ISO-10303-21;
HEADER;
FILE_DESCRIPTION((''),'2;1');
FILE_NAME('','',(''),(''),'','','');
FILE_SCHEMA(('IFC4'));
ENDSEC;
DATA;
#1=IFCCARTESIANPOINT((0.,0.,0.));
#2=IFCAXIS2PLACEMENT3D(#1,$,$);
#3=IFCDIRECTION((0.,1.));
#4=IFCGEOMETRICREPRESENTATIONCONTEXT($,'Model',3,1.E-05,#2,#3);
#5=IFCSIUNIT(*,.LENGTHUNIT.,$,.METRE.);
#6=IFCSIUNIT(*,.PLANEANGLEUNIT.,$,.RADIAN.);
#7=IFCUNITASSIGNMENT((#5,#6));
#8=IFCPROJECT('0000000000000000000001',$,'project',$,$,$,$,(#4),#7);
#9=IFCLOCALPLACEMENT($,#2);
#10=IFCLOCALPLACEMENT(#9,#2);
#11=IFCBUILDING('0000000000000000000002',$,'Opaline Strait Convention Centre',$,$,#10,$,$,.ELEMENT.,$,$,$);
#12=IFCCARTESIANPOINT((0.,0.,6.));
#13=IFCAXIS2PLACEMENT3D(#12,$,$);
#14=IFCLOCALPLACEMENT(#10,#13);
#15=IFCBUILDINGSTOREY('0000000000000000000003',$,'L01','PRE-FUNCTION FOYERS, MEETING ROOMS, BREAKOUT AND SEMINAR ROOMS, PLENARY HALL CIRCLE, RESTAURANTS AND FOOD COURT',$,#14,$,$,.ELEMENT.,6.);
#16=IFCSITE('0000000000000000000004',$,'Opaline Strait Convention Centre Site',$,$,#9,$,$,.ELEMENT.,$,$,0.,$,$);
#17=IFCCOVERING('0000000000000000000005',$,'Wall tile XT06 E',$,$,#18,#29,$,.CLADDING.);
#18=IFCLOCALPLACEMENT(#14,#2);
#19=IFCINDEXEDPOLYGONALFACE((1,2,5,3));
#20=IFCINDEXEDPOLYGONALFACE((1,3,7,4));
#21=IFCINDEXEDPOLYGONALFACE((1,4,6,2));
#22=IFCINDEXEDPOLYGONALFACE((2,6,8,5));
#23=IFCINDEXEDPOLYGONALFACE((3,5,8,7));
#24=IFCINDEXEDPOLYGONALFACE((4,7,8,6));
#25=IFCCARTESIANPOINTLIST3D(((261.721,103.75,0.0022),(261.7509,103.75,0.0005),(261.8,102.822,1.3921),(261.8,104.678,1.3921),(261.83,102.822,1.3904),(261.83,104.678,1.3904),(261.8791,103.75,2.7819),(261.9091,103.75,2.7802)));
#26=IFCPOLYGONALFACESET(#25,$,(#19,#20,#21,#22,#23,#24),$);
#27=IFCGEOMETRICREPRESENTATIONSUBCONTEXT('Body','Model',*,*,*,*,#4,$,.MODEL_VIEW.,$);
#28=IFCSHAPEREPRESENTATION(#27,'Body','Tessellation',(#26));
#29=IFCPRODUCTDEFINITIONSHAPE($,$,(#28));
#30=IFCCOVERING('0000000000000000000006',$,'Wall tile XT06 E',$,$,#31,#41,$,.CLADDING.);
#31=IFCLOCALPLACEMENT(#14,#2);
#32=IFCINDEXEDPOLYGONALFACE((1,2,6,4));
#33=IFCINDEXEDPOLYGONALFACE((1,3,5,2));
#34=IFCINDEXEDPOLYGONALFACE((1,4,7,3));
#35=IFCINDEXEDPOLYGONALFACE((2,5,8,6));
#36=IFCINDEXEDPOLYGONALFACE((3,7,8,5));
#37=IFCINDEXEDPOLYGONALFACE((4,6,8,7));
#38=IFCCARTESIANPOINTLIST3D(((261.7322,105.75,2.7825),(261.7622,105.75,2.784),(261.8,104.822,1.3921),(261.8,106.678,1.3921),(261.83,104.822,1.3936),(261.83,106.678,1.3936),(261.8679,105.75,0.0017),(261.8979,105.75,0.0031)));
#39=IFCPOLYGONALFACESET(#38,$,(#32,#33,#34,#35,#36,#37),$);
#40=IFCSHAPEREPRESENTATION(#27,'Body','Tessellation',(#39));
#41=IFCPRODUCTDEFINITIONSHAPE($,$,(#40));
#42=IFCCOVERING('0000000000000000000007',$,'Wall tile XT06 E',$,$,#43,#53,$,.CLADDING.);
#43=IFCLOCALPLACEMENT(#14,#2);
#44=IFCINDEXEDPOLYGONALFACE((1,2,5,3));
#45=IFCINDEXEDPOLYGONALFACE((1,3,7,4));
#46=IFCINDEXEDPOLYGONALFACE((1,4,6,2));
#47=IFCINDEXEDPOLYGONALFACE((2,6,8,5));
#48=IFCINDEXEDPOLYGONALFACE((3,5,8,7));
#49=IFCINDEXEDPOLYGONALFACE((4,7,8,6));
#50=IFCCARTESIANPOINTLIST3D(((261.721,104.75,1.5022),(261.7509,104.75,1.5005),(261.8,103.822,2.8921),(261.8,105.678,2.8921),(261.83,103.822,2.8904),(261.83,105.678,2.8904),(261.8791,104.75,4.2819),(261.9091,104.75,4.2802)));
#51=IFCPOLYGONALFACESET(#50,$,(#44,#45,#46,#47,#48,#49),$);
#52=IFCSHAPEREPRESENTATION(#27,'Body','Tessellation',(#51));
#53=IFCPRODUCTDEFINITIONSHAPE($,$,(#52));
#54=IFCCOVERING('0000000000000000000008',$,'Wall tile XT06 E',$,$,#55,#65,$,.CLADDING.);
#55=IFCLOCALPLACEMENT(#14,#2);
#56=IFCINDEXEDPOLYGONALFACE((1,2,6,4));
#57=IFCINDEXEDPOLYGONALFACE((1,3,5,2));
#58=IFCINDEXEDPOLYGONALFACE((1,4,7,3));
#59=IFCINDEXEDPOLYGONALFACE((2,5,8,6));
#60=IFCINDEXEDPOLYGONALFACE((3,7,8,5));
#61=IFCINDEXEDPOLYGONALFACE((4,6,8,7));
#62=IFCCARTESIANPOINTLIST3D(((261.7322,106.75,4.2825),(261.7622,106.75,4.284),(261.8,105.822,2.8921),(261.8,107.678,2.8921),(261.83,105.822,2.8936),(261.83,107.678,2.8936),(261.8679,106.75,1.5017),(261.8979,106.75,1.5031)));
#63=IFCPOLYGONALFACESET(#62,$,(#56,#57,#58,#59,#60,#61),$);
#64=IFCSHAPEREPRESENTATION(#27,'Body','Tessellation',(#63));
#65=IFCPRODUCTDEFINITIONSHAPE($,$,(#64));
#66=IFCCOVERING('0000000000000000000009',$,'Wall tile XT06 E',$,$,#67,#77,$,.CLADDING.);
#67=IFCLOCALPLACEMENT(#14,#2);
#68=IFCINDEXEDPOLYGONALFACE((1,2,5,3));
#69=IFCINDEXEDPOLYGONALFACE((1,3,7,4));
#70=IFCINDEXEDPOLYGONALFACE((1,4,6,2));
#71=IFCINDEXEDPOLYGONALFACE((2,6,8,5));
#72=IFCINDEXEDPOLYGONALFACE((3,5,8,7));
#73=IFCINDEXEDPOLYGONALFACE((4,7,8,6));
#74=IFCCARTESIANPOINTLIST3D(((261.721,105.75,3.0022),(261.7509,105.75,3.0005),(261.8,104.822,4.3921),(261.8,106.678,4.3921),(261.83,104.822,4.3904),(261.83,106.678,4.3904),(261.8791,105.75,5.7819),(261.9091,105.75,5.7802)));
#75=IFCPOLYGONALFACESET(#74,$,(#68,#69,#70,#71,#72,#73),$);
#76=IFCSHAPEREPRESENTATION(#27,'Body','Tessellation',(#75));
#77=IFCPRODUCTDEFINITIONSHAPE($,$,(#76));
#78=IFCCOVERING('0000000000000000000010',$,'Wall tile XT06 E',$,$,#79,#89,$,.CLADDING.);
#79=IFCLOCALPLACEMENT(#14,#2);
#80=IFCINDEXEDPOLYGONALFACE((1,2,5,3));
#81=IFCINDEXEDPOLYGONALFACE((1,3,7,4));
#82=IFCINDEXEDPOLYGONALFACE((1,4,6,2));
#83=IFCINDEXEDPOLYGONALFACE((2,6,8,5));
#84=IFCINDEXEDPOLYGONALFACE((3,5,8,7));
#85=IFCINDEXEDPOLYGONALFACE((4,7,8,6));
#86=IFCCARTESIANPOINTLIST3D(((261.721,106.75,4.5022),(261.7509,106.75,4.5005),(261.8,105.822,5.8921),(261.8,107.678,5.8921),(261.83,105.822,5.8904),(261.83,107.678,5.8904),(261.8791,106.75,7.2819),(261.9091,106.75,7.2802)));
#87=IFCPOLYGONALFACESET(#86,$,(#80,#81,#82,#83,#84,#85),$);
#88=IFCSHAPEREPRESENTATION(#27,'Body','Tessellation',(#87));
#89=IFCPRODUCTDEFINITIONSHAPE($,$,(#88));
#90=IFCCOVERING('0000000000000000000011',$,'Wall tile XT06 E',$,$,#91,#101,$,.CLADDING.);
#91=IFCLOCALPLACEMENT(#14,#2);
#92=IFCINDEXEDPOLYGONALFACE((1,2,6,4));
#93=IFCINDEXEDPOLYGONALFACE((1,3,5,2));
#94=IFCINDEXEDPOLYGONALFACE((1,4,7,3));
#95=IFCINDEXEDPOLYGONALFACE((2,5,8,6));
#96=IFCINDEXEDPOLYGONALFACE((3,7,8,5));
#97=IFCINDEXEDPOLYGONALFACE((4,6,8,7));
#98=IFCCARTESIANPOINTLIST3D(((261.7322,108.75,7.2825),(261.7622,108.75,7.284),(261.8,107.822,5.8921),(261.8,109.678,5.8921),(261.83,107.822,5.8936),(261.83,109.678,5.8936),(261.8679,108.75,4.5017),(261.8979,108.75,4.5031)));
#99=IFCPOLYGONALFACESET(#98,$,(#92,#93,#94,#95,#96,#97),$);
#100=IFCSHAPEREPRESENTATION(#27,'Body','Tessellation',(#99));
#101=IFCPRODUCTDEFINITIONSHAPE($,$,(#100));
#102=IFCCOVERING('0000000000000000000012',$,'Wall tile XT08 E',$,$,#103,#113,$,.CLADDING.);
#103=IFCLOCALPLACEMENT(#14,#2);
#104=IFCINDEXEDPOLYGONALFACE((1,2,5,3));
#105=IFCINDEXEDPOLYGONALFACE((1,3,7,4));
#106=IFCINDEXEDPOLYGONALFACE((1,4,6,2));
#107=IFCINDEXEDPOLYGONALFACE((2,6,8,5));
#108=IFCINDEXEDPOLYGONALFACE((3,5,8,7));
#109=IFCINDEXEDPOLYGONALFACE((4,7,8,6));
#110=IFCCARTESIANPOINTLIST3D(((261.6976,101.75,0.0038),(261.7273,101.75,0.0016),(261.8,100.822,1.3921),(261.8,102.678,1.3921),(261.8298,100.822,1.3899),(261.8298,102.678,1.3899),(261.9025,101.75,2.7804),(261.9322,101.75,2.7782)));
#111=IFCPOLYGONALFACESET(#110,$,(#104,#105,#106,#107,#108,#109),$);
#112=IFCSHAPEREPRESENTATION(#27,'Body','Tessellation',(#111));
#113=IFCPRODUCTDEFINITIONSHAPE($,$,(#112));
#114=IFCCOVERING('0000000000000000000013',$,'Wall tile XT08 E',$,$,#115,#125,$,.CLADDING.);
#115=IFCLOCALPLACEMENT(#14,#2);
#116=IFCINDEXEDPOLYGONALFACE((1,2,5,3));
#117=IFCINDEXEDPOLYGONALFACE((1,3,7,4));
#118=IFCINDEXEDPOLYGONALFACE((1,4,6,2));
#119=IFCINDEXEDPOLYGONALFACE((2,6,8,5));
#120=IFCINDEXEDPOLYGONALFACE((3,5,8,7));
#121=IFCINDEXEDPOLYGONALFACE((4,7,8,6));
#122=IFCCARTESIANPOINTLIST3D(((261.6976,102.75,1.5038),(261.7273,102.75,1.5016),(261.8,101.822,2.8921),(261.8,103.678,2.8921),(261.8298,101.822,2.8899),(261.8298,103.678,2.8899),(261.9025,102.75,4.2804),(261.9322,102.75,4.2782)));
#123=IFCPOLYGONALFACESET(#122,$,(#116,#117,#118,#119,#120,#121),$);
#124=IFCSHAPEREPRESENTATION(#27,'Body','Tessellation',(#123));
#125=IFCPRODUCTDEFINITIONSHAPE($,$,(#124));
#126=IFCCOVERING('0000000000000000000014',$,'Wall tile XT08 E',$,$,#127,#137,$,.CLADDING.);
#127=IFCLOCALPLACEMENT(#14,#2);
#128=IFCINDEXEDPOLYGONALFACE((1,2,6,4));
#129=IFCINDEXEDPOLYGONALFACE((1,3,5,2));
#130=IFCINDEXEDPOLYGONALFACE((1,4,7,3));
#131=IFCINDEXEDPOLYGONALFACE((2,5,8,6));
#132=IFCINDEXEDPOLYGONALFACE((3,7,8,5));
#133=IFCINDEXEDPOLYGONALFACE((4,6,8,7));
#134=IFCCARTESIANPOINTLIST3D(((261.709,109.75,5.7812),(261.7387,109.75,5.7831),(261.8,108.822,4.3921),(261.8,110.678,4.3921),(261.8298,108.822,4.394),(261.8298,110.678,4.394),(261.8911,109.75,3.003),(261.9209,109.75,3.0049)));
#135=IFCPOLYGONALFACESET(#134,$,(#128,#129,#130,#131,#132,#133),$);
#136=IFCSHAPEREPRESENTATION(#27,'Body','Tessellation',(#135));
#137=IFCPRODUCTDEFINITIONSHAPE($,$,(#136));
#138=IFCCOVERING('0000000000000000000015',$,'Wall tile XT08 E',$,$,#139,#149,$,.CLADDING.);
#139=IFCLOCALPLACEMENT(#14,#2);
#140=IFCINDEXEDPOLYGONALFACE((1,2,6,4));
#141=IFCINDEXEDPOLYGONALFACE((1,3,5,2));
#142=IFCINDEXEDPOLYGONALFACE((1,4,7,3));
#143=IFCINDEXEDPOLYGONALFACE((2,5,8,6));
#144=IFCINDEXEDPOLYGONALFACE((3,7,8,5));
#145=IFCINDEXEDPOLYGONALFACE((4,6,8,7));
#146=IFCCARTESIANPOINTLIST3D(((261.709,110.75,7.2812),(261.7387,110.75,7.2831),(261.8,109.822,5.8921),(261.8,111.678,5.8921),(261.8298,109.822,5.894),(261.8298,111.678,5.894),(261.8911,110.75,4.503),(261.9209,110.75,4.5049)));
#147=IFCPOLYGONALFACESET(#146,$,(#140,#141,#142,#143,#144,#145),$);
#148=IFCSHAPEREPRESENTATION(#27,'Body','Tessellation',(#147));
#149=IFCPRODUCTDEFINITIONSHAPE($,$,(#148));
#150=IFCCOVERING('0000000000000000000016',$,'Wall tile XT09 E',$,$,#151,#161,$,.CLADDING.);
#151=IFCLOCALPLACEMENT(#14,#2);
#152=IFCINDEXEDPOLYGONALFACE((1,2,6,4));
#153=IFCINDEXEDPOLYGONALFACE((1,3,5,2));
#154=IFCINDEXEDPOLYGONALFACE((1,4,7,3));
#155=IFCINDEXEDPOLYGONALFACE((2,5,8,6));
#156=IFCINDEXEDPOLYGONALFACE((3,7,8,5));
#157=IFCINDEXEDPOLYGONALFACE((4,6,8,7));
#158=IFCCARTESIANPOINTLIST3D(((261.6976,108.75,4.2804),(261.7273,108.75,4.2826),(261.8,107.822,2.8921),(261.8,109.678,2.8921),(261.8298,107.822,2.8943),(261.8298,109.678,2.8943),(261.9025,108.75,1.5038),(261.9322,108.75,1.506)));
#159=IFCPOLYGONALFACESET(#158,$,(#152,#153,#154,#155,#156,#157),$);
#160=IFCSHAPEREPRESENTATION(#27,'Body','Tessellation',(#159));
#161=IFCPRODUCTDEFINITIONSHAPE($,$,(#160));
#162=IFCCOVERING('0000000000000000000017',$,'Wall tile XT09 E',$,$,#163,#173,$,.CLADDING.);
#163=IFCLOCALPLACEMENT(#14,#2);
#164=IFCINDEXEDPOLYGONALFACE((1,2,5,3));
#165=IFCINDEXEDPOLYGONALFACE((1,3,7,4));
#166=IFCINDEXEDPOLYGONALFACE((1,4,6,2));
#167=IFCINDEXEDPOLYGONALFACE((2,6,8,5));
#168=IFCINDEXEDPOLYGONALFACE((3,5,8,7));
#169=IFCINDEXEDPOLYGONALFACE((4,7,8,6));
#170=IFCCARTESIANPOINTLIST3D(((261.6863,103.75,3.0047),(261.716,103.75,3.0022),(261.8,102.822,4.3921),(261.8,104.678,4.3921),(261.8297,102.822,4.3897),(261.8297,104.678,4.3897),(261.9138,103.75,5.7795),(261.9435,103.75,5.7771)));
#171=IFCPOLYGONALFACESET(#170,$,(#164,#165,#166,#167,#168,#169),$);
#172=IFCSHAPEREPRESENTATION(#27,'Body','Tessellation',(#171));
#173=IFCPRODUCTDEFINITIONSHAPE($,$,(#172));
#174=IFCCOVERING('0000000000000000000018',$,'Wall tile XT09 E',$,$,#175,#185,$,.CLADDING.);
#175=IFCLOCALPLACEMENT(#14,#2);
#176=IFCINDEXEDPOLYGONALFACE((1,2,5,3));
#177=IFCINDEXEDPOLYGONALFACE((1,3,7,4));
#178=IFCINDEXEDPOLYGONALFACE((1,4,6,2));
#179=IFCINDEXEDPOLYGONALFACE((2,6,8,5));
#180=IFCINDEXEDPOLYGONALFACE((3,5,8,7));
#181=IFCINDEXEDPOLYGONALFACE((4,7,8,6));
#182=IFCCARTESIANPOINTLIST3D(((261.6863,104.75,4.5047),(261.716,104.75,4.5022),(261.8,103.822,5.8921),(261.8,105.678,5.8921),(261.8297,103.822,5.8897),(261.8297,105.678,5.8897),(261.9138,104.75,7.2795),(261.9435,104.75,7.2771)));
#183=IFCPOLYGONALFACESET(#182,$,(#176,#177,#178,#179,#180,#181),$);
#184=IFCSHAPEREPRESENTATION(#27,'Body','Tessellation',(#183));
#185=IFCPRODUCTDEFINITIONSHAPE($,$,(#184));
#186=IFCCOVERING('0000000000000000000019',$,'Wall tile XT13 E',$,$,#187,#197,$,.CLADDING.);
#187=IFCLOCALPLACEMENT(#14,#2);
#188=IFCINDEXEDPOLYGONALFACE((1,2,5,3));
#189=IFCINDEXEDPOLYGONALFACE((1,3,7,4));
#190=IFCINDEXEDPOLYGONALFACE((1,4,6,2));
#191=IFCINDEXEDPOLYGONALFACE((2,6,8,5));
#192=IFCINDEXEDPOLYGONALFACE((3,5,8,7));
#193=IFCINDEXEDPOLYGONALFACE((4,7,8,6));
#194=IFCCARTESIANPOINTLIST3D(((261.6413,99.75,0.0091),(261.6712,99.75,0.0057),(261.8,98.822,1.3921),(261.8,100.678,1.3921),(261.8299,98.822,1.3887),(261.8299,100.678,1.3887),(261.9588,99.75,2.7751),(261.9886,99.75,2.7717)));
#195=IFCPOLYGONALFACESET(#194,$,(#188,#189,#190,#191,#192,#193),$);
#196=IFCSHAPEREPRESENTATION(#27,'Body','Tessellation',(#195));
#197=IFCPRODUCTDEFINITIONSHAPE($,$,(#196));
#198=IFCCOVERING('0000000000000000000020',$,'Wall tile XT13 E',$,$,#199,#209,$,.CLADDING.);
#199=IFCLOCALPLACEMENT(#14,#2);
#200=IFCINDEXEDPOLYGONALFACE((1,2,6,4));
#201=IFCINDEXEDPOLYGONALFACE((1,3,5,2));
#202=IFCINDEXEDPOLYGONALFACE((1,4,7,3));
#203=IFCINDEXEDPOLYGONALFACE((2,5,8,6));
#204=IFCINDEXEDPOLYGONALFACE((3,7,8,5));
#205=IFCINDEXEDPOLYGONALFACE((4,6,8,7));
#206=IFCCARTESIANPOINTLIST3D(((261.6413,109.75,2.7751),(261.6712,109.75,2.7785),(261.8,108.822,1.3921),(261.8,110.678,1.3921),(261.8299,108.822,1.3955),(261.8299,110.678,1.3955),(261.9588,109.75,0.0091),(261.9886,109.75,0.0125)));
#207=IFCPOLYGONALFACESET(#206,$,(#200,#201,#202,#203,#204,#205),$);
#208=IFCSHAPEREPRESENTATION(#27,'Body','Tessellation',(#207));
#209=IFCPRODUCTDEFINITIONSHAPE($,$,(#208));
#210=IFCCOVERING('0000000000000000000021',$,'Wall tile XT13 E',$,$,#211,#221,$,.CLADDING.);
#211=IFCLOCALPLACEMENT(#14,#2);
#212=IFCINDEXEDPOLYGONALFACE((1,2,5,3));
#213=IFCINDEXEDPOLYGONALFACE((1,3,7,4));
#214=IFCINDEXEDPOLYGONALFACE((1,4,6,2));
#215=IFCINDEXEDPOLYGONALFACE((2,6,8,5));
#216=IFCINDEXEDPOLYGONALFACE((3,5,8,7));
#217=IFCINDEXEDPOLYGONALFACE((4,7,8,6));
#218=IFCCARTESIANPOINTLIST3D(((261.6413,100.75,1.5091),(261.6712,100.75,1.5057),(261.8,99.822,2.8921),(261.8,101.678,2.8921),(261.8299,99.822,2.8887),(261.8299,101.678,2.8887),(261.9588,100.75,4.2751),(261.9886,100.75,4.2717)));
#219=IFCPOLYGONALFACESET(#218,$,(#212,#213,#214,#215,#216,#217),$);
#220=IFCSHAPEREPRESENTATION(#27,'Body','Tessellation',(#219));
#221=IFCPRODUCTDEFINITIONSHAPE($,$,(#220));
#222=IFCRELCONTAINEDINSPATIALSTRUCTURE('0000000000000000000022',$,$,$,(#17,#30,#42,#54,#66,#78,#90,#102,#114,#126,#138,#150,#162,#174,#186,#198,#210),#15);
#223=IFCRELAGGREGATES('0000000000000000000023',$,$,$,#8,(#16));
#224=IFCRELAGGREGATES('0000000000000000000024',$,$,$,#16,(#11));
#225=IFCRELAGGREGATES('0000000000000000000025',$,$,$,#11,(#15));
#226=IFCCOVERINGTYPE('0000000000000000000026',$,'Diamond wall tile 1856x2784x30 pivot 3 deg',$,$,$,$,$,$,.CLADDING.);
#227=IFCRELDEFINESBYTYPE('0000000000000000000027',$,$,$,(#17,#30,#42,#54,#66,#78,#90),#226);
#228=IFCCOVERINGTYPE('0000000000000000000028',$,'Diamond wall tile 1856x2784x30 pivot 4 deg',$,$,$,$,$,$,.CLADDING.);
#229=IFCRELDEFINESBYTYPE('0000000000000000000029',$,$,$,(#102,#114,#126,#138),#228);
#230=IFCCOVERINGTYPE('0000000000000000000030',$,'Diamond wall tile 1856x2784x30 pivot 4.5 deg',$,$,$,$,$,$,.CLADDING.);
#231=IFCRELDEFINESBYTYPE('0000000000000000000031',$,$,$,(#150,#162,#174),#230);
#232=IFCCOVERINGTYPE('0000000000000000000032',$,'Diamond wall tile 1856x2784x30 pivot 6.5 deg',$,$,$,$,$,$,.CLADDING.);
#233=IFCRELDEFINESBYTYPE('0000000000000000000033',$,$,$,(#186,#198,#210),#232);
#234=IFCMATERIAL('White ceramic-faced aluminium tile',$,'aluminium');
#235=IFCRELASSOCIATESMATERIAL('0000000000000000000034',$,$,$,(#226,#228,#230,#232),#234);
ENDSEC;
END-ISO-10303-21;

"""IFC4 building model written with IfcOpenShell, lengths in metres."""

from ifc_helpers import new_model, si_unit, direction, frame, origin, place, context, subcontext, project, spatial, polyline, outline, extrude, material, material_profile, profile_set, type_object, element, save


model = new_model("IFC4")

# Units and contexts
model_context = context("Model", 3, precision=1e-05, world=origin(), true_north=direction((0.0, 1.0)))
body_context = subcontext(model_context, "Body", "Model", "MODEL_VIEW")
ifc_project = project(units=[si_unit("LENGTHUNIT", "METRE"), si_unit("PLANEANGLEUNIT", "RADIAN")], contexts=[model_context])

# Site, building, storey
site_placement = place(None, origin())
site = spatial("IfcSite", under=ifc_project, at=site_placement, Name="Opaline Strait Convention Centre Site", CompositionType="ELEMENT", RefElevation=0.0)
building_placement = place(site_placement, origin())
building = spatial("IfcBuilding", under=site, at=building_placement, Name="Opaline Strait Convention Centre", CompositionType="ELEMENT")
storey_placement = place(building_placement, frame((0.0, 0.0, 6.0)))
storey = spatial("IfcBuildingStorey", under=building, at=storey_placement, Name="L01", Description="PRE-FUNCTION FOYERS, MEETING ROOMS, BREAKOUT AND SEMINAR ROOMS, PLENARY HALL CIRCLE, RESTAURANTS AND FOOD COURT", CompositionType="ELEMENT", Elevation=6.0)

# Coverings
ifc_material = material(Name="White ceramic-faced aluminium tile", Category="aluminium")
ifc_material_profile_1 = material_profile(ifc_material, outline(polyline([(0.928, 0.0), (0.0, 1.3921), (-0.928, 0.0), (0.0, -1.3921), (0.928, 0.0)])), Name="Diamond tile 1856x2784")
ifc_profile_set_1 = profile_set([ifc_material_profile_1], Name="White ceramic-faced aluminium tile")
covering_type_1 = type_object("IfcCoveringType", Name="Diamond wall tile 1856x2784x30 pivot 3 deg", PredefinedType="CLADDING", material=ifc_profile_set_1)
for number, where, z_axis, x_axis, name in (
    (1, (261.8, 103.75, 1.3921), (0.998385, 0.0, -0.056819), (0.0, 1.0, 0.0), "Wall tile XT06 E"),
    (2, (261.8, 105.75, 1.3921), (0.998812, 0.0, 0.048723), (0.0, 1.0, 0.0), "Wall tile XT06 E"),
    (3, (261.8, 104.75, 2.8921), (0.998385, 0.0, -0.056819), (0.0, 1.0, 0.0), "Wall tile XT06 E"),
    (4, (261.8, 106.75, 2.8921), (0.998812, 0.0, 0.048723), (0.0, 1.0, 0.0), "Wall tile XT06 E"),
    (5, (261.8, 105.75, 4.3921), (0.998385, 0.0, -0.056819), (0.0, 1.0, 0.0), "Wall tile XT06 E"),
    (6, (261.8, 106.75, 5.8921), (0.998385, 0.0, -0.056819), (0.0, 1.0, 0.0), "Wall tile XT06 E"),
    (7, (261.8, 108.75, 5.8921), (0.998812, 0.0, 0.048723), (0.0, 1.0, 0.0), "Wall tile XT06 E"),
):
    element("IfcCovering", number, at=place(storey_placement, frame(where, z_axis=z_axis, x_axis=x_axis)), inside=storey, type_object=covering_type_1, Name=name, PredefinedType="CLADDING", context=body_context, shape_type="SweptSolid", body=[
        extrude(outline(polyline([(0.928, 0.0), (0.0, 1.3921), (-0.928, 0.0), (0.0, -1.3921), (0.928, 0.0)])), origin(), (0.0, 0.0, 1.0), 0.03),
    ])
ifc_material_profile_2 = material_profile(ifc_material, outline(polyline([(0.928, 0.0), (0.0, 1.3921), (-0.928, 0.0), (0.0, -1.3921), (0.928, 0.0)])), Name="Diamond tile 1856x2784")
ifc_profile_set_2 = profile_set([ifc_material_profile_2], Name="White ceramic-faced aluminium tile")
covering_type_2 = type_object("IfcCoveringType", Name="Diamond wall tile 1856x2784x30 pivot 4 deg", PredefinedType="CLADDING", material=ifc_profile_set_2)
for number, where, z_axis, x_axis, name in (
    (8, (261.8, 101.75, 1.3921), (0.99729, 0.0, -0.073571), (0.0, 1.0, 0.0), "Wall tile XT08 E"),
    (9, (261.8, 102.75, 2.8921), (0.99729, 0.0, -0.073571), (0.0, 1.0, 0.0), "Wall tile XT08 E"),
    (10, (261.8, 109.75, 4.3921), (0.997857, 0.0, 0.065433), (0.0, 1.0, 0.0), "Wall tile XT08 E"),
    (11, (261.8, 110.75, 5.8921), (0.997857, 0.0, 0.065433), (0.0, 1.0, 0.0), "Wall tile XT08 E"),
):
    element("IfcCovering", number, at=place(storey_placement, frame(where, z_axis=z_axis, x_axis=x_axis)), inside=storey, type_object=covering_type_2, Name=name, PredefinedType="CLADDING", context=body_context, shape_type="SweptSolid", body=[
        extrude(outline(polyline([(0.928, 0.0), (0.0, 1.3921), (-0.928, 0.0), (0.0, -1.3921), (0.928, 0.0)])), origin(), (0.0, 0.0, 1.0), 0.0298),
    ])
ifc_material_profile_3 = material_profile(ifc_material, outline(polyline([(0.928, 0.0), (0.0, 1.3921), (-0.928, 0.0), (0.0, -1.3921), (0.928, 0.0)])), Name="Diamond tile 1856x2784")
ifc_profile_set_3 = profile_set([ifc_material_profile_3], Name="White ceramic-faced aluminium tile")
covering_type_3 = type_object("IfcCoveringType", Name="Diamond wall tile 1856x2784x30 pivot 4.5 deg", PredefinedType="CLADDING", material=ifc_profile_set_3)
for number, where, z_axis, x_axis, name in (
    (12, (261.8, 108.75, 2.8921), (0.99729, 0.0, 0.073571), (0.0, 1.0, 0.0), "Wall tile XT09 E"),
    (13, (261.8, 103.75, 4.3921), (0.996658, 0.0, -0.081693), (0.0, 1.0, 0.0), "Wall tile XT09 E"),
    (14, (261.8, 104.75, 5.8921), (0.996658, 0.0, -0.081693), (0.0, 1.0, 0.0), "Wall tile XT09 E"),
):
    element("IfcCovering", number, at=place(storey_placement, frame(where, z_axis=z_axis, x_axis=x_axis)), inside=storey, type_object=covering_type_3, Name=name, PredefinedType="CLADDING", context=body_context, shape_type="SweptSolid", body=[
        extrude(outline(polyline([(0.928, 0.0), (0.0, 1.3921), (-0.928, 0.0), (0.0, -1.3921), (0.928, 0.0)])), origin(), (0.0, 0.0, 1.0), 0.0298),
    ])
ifc_material_profile_4 = material_profile(ifc_material, outline(polyline([(0.928, 0.0), (0.0, 1.3921), (-0.928, 0.0), (0.0, -1.3921), (0.928, 0.0)])), Name="Diamond tile 1856x2784")
ifc_profile_set_4 = profile_set([ifc_material_profile_4], Name="White ceramic-faced aluminium tile")
covering_type_4 = type_object("IfcCoveringType", Name="Diamond wall tile 1856x2784x30 pivot 6.5 deg", PredefinedType="CLADDING", material=ifc_profile_set_4)
for number, where, z_axis, x_axis, name in (
    (15, (261.8, 99.75, 1.3921), (0.99348, 0.0, -0.114006), (0.0, 1.0, 0.0), "Wall tile XT13 E"),
    (16, (261.8, 109.75, 1.3921), (0.99348, 0.0, 0.114006), (0.0, 1.0, 0.0), "Wall tile XT13 E"),
    (17, (261.8, 100.75, 2.8921), (0.99348, 0.0, -0.114006), (0.0, 1.0, 0.0), "Wall tile XT13 E"),
):
    element("IfcCovering", number, at=place(storey_placement, frame(where, z_axis=z_axis, x_axis=x_axis)), inside=storey, type_object=covering_type_4, Name=name, PredefinedType="CLADDING", context=body_context, shape_type="SweptSolid", body=[
        extrude(outline(polyline([(0.928, 0.0), (0.0, 1.3921), (-0.928, 0.0), (0.0, -1.3921), (0.928, 0.0)])), origin(), (0.0, 0.0, 1.0), 0.03),
    ])

save(model, "model.ifc")
